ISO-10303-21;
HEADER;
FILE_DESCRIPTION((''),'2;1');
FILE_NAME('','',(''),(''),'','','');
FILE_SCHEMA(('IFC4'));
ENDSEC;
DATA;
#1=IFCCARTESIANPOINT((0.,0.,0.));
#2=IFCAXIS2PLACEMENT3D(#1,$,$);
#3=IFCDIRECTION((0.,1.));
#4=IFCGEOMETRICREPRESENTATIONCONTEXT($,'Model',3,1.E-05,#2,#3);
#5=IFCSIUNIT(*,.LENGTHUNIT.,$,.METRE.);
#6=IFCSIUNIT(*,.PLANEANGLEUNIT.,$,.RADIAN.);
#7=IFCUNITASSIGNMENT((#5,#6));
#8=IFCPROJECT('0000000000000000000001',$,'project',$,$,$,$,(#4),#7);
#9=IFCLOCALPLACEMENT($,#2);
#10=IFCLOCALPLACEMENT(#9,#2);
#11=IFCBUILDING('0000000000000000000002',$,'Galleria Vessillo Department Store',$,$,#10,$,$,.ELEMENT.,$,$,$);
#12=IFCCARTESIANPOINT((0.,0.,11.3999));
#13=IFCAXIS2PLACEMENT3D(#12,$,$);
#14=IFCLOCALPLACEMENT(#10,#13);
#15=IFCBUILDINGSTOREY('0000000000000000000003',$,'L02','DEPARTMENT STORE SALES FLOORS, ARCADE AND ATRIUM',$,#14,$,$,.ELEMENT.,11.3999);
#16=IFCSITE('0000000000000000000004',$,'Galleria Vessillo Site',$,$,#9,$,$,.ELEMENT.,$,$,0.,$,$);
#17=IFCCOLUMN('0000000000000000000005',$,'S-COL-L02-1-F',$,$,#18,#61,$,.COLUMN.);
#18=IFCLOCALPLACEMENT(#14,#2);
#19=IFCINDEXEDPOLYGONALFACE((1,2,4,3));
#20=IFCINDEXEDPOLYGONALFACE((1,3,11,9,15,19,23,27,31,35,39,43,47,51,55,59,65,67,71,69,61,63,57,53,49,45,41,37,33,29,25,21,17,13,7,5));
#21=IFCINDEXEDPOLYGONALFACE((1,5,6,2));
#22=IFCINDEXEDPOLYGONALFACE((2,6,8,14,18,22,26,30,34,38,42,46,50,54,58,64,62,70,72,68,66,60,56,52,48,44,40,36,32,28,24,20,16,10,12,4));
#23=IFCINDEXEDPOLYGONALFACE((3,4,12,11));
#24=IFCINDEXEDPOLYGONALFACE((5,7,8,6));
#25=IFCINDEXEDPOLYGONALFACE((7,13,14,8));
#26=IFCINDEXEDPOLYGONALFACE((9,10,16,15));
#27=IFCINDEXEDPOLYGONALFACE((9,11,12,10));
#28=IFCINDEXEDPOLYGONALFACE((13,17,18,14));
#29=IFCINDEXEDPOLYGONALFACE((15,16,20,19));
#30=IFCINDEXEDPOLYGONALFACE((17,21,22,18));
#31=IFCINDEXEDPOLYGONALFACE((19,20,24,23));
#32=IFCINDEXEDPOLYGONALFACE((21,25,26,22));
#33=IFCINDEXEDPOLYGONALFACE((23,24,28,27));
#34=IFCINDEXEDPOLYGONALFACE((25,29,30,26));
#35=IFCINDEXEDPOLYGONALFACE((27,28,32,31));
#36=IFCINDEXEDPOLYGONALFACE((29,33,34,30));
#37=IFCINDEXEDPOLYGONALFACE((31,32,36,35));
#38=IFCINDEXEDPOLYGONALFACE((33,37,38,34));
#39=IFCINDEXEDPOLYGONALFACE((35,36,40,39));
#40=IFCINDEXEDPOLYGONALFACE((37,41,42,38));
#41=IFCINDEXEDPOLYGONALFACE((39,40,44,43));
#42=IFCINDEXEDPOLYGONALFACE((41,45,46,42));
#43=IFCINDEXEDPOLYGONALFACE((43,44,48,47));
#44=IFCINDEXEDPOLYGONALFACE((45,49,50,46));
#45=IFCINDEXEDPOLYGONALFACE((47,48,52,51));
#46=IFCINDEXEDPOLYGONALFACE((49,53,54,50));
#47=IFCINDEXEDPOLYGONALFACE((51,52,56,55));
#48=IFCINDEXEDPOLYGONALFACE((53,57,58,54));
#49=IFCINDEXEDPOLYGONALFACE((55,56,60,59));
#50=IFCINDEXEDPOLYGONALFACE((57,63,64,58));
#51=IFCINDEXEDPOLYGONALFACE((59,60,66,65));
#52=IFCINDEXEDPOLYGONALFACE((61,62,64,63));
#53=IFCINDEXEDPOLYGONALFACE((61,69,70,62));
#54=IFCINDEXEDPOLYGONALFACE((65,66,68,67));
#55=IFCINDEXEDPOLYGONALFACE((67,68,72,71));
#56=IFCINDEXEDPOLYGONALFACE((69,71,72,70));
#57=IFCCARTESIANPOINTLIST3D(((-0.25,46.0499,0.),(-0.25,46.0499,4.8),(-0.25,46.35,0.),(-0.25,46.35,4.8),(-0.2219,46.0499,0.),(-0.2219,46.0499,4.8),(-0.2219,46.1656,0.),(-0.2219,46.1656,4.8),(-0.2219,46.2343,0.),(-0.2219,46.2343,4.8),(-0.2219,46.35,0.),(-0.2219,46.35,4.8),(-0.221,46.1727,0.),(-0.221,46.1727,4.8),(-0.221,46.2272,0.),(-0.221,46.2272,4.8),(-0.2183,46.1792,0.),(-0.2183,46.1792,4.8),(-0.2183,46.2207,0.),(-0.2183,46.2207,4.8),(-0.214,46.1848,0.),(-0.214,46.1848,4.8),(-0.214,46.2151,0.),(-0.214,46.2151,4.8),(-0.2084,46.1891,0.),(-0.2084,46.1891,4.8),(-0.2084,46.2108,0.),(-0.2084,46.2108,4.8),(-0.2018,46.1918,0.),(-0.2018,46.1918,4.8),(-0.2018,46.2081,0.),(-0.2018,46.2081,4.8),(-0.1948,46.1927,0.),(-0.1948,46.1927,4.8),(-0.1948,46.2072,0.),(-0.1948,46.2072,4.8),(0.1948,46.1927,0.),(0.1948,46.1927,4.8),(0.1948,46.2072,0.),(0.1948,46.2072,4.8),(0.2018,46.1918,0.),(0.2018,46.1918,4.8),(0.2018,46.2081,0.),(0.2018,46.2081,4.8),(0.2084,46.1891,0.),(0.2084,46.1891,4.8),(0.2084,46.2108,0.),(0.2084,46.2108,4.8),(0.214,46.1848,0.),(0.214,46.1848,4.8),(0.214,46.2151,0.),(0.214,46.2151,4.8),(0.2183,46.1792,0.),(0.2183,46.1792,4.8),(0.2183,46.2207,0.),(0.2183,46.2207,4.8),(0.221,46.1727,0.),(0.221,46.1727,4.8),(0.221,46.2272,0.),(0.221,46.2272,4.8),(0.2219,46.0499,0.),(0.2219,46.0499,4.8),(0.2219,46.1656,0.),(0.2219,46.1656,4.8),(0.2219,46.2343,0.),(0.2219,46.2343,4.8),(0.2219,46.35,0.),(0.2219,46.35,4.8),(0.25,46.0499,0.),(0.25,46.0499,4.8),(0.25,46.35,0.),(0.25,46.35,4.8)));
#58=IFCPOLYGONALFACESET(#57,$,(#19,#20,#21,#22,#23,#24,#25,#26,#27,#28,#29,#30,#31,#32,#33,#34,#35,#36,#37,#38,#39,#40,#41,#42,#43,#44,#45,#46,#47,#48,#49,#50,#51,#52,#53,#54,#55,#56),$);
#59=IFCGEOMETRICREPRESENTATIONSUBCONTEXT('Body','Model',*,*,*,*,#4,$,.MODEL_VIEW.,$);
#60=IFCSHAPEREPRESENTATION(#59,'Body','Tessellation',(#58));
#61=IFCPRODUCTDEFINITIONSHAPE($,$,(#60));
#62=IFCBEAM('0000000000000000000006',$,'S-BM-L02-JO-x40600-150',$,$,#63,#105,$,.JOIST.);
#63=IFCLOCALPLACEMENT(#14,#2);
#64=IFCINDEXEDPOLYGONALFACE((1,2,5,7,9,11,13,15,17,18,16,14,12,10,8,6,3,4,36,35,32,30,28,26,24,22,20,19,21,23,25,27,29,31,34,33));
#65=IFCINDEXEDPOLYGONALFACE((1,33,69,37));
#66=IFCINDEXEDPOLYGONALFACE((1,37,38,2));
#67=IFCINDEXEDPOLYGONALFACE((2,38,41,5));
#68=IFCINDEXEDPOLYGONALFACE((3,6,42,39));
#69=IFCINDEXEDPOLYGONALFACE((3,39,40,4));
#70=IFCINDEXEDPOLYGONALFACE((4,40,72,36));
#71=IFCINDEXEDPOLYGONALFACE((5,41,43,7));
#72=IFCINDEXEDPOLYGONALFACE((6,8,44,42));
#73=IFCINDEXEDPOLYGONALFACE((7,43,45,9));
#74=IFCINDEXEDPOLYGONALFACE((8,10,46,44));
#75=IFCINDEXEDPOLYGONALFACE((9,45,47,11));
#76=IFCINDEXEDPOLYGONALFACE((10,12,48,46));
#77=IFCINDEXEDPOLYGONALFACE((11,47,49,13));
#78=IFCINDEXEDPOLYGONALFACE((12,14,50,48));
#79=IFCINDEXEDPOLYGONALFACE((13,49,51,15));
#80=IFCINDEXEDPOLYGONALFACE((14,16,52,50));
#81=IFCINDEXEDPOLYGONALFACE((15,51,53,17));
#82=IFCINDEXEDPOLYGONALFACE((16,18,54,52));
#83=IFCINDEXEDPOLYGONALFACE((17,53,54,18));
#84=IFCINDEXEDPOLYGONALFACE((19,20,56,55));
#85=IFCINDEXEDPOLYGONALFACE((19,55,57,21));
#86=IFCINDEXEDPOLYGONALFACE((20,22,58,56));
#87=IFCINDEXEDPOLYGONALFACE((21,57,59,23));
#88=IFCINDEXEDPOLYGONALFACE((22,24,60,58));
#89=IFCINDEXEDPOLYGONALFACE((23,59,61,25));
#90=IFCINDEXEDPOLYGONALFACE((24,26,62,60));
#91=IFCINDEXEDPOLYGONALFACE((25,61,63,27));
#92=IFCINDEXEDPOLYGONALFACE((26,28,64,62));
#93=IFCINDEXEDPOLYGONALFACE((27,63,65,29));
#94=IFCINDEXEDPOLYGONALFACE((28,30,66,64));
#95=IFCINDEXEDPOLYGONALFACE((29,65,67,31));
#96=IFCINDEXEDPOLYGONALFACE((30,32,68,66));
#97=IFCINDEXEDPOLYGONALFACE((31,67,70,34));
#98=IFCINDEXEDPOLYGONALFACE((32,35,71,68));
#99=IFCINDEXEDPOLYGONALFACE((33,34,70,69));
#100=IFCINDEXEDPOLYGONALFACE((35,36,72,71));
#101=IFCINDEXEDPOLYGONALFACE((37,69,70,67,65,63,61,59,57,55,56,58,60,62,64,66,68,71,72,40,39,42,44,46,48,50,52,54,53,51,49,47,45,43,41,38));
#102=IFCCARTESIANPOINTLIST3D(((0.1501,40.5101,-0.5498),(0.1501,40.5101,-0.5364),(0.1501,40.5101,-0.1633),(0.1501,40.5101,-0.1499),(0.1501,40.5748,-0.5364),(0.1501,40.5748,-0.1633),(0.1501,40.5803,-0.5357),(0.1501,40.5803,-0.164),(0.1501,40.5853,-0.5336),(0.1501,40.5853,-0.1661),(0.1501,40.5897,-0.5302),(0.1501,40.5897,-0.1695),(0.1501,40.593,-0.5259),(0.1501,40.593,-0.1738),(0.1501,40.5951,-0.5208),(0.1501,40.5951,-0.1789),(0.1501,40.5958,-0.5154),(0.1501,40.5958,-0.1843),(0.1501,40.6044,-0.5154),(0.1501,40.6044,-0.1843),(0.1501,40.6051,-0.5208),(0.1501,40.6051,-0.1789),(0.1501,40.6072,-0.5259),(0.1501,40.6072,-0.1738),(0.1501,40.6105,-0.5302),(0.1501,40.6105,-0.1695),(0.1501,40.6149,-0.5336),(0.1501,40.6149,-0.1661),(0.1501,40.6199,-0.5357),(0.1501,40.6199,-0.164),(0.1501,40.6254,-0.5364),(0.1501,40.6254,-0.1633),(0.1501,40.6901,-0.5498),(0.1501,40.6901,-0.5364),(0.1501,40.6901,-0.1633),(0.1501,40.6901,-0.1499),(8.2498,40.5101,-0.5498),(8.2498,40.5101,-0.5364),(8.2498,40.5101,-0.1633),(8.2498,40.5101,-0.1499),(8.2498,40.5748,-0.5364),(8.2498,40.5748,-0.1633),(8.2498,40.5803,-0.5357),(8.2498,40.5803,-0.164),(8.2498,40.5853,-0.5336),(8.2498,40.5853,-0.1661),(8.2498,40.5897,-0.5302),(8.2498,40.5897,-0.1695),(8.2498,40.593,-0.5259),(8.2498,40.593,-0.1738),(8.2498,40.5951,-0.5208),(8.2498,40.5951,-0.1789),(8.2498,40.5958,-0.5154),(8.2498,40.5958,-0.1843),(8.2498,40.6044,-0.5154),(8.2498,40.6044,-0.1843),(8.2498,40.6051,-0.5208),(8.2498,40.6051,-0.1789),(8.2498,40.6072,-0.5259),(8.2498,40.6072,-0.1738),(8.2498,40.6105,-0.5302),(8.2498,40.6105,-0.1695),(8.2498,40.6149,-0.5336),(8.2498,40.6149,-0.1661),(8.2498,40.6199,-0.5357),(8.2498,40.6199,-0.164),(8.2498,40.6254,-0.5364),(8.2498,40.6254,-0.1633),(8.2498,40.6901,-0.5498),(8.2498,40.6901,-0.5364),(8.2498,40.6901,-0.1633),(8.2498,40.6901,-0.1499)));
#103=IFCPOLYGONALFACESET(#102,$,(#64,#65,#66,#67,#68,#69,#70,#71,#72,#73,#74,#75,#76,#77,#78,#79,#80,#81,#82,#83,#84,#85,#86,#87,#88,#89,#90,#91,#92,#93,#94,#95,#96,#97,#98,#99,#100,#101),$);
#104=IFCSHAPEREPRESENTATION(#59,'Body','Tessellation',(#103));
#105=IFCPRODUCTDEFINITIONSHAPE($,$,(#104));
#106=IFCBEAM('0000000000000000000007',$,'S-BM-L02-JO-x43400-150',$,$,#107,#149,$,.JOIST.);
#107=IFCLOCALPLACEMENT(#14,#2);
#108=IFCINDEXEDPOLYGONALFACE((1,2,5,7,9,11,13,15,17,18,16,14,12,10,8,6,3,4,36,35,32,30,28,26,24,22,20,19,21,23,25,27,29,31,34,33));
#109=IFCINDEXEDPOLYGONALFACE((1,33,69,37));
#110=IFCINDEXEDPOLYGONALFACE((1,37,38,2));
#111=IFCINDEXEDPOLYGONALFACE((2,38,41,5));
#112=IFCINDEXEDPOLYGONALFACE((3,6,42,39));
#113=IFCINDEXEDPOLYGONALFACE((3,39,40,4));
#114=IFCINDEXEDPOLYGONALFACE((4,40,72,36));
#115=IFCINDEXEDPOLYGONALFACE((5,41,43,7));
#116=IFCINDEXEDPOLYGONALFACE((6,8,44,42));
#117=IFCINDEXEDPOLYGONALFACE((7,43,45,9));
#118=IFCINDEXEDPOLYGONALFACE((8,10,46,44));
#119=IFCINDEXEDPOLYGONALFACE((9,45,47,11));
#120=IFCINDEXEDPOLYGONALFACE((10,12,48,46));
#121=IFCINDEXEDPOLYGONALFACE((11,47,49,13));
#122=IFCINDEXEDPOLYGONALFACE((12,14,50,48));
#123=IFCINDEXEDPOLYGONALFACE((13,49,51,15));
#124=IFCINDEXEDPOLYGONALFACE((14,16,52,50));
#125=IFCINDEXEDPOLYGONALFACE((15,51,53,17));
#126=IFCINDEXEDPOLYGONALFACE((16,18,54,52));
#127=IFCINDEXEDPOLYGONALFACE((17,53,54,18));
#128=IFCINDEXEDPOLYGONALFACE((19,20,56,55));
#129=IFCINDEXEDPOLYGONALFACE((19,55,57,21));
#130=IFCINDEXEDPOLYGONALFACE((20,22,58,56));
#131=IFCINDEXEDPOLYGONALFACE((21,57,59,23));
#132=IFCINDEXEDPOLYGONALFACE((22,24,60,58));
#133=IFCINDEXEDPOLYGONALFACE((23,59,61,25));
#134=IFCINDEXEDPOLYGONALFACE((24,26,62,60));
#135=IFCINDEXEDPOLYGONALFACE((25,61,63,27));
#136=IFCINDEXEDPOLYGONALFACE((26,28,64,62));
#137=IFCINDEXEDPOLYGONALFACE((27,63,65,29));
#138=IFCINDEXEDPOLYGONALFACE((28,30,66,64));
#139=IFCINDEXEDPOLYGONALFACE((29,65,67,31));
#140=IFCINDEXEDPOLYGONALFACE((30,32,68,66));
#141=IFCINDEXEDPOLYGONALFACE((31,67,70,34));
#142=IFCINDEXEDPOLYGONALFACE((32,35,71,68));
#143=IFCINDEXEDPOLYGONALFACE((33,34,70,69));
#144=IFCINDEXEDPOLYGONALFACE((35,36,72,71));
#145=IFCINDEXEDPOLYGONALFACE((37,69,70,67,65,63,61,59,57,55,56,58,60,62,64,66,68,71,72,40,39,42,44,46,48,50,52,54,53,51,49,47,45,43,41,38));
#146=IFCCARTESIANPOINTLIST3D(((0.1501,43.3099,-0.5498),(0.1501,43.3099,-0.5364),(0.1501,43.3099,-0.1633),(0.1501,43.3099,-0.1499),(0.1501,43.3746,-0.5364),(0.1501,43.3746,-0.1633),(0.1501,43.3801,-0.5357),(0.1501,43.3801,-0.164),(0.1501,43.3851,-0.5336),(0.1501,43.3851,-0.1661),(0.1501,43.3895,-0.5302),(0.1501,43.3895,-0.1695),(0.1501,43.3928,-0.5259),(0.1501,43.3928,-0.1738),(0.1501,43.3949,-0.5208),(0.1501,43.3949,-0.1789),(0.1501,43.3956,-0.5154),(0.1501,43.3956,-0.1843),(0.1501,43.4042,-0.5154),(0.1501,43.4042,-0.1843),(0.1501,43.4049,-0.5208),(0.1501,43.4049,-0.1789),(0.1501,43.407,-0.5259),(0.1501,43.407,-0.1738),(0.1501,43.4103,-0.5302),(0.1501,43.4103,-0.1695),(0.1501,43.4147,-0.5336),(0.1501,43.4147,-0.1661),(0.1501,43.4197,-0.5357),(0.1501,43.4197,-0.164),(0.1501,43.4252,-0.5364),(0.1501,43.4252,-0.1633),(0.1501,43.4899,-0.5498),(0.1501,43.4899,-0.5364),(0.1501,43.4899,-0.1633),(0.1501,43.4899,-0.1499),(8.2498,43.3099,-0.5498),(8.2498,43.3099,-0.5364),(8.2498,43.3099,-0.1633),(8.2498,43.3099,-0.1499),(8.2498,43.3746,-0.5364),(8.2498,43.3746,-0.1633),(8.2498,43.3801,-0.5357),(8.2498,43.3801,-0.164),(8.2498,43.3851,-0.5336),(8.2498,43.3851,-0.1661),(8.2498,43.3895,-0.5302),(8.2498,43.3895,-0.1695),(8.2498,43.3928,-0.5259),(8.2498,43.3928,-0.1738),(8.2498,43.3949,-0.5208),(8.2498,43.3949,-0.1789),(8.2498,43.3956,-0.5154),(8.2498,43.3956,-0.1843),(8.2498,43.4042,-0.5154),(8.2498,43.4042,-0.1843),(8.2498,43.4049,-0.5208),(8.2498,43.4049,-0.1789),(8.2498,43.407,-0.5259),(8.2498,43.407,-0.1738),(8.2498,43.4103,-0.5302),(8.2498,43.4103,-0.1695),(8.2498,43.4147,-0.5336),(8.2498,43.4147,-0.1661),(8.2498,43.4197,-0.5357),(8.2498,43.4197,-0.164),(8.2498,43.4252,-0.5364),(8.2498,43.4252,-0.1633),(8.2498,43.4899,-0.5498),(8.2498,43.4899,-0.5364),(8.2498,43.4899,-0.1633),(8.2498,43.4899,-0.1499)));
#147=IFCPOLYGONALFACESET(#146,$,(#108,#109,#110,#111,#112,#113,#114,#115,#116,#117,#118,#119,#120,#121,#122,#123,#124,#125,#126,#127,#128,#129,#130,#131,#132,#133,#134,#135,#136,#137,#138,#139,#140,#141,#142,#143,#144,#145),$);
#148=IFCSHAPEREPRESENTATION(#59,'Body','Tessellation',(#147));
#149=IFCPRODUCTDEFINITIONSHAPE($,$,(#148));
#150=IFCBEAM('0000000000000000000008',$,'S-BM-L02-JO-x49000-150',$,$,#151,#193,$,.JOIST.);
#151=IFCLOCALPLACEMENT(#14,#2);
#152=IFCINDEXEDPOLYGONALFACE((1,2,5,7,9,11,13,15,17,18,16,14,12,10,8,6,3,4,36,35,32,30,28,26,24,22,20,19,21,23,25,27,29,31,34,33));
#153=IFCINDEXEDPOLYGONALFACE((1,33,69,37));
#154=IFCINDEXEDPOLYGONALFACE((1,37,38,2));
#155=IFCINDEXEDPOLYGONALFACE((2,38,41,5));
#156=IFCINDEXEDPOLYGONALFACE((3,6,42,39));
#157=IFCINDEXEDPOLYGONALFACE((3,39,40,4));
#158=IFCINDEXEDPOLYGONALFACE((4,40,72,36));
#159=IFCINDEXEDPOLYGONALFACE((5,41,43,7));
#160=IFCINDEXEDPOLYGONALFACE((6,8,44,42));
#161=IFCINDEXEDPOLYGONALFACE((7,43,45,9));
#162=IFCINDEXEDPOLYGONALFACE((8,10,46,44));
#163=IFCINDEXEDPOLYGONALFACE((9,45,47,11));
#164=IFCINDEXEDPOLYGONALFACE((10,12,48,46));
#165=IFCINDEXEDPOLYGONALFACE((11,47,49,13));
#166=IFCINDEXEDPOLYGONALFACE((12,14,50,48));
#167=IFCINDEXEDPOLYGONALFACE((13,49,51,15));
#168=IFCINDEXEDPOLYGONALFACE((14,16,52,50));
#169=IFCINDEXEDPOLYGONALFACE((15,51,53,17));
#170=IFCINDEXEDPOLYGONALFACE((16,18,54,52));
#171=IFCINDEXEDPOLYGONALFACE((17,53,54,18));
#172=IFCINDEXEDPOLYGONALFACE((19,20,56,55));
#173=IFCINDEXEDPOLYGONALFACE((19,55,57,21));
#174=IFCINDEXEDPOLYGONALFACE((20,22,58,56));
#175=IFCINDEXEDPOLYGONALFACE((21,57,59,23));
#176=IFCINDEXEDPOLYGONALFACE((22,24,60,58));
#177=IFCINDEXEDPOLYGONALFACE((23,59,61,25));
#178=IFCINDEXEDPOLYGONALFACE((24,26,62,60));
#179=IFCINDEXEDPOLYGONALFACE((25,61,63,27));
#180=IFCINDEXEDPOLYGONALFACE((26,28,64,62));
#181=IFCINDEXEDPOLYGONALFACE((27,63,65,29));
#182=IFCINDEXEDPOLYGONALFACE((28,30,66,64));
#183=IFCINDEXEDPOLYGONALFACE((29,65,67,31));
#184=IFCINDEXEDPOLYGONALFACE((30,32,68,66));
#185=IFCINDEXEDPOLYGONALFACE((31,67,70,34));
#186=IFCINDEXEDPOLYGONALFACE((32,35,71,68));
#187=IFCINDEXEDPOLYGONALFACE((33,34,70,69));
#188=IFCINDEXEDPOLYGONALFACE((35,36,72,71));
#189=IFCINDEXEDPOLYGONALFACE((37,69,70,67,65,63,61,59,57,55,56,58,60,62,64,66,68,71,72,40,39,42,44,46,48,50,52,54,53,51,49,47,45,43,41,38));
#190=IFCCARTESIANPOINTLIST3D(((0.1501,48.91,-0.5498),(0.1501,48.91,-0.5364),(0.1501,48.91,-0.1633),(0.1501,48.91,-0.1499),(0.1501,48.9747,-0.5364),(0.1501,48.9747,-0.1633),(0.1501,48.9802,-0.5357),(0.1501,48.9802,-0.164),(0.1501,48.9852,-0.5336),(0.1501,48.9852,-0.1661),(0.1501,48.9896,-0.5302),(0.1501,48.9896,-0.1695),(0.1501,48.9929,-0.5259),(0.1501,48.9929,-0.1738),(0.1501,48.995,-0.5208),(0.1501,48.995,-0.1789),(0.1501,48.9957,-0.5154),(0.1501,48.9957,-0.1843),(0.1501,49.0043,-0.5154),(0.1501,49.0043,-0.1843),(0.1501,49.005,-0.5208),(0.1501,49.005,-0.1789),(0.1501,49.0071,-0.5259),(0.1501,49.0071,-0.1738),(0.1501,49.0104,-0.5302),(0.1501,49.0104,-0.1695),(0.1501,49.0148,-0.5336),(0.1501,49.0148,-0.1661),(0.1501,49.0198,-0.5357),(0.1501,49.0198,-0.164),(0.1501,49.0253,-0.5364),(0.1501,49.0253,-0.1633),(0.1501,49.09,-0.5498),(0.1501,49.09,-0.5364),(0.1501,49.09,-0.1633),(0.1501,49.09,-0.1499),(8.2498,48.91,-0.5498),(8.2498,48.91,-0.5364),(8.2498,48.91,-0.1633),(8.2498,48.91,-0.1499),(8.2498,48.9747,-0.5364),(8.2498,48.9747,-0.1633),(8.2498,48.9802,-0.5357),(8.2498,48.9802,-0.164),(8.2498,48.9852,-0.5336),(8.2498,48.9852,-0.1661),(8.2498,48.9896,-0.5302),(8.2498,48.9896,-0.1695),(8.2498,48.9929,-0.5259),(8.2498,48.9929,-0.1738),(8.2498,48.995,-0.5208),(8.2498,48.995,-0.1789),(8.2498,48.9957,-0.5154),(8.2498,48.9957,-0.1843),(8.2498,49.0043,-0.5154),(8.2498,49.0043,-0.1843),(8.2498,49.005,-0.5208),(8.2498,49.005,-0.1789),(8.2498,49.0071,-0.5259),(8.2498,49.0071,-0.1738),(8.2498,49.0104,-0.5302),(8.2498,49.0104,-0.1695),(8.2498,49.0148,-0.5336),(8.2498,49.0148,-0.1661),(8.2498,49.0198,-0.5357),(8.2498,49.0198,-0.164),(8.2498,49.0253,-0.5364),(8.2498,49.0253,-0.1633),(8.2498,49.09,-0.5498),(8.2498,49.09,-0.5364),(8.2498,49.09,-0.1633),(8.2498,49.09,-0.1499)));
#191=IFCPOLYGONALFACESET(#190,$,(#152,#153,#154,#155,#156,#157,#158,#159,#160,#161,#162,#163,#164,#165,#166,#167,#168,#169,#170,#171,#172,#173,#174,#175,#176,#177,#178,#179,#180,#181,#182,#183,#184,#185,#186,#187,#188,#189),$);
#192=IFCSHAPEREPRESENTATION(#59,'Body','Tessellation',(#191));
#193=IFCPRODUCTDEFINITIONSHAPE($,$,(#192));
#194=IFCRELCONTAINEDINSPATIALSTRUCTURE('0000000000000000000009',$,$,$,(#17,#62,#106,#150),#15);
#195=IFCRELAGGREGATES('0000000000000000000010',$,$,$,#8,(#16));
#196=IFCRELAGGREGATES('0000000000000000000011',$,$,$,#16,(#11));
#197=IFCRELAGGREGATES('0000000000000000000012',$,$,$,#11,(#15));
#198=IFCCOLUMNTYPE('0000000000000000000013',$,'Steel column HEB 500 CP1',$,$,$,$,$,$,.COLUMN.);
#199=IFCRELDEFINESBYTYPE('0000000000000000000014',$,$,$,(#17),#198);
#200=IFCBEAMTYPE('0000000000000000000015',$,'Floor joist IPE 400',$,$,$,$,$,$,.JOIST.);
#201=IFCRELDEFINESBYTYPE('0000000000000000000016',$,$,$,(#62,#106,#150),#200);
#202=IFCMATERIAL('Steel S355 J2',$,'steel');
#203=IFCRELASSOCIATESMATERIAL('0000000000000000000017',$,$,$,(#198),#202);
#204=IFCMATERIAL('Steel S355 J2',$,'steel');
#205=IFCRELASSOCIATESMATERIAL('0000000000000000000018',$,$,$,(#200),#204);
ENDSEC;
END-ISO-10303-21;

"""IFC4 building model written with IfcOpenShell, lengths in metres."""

from ifc_helpers import new_model, si_unit, direction, frame, origin, origin_2d, place, context, subcontext, project, spatial, i_section, extrude, material, material_profile, profile_set, type_object, element, save


model = new_model("IFC4")

# Units and contexts
model_context = context("Model", 3, precision=1e-05, world=origin(), true_north=direction((0.0, 1.0)))
body_context = subcontext(model_context, "Body", "Model", "MODEL_VIEW")
ifc_project = project(units=[si_unit("LENGTHUNIT", "METRE"), si_unit("PLANEANGLEUNIT", "RADIAN")], contexts=[model_context])

# Site, building, storey
site_placement = place(None, origin())
site = spatial("IfcSite", under=ifc_project, at=site_placement, Name="Galleria Vessillo Site", CompositionType="ELEMENT", RefElevation=0.0)
building_placement = place(site_placement, origin())
building = spatial("IfcBuilding", under=site, at=building_placement, Name="Galleria Vessillo Department Store", CompositionType="ELEMENT")
storey_placement = place(building_placement, frame((0.0, 0.0, 11.3999)))
storey = spatial("IfcBuildingStorey", under=building, at=storey_placement, Name="L02", Description="DEPARTMENT STORE SALES FLOORS, ARCADE AND ATRIUM", CompositionType="ELEMENT", Elevation=11.3999)

# Column
ifc_material_1 = material(Name="Steel S355 J2", Category="steel")
ifc_material_profile_1 = material_profile(ifc_material_1, i_section(OverallWidth=0.3, OverallDepth=0.5, WebThickness=0.0144, FlangeThickness=0.0281, FilletRadius=0.0271, at=origin_2d()), Name="HEB 500")
ifc_profile_set_1 = profile_set([ifc_material_profile_1], Name="Steel S355 J2")
column_type = type_object("IfcColumnType", Name="Steel column HEB 500 CP1", PredefinedType="COLUMN", material=ifc_profile_set_1)
column_placement = place(storey_placement, frame((0.0, 46.2, 0.0), z_axis=(0.0, 0.0, 1.0), x_axis=(0.0, 1.0, 0.0)))
element("IfcColumn", 1, at=column_placement, inside=storey, type_object=column_type, Name="S-COL-L02-1-F", PredefinedType="COLUMN", context=body_context, shape_type="SweptSolid", body=[
    extrude(i_section(OverallWidth=0.3, OverallDepth=0.5, WebThickness=0.0144, FlangeThickness=0.0281, FilletRadius=0.0271, at=origin_2d()), origin(), (0.0, 0.0, 1.0), 4.8),
])

# Beams
ifc_material_2 = material(Name="Steel S355 J2", Category="steel")
ifc_material_profile_2 = material_profile(ifc_material_2, i_section(OverallWidth=0.1799, OverallDepth=0.3999, WebThickness=0.0085, FlangeThickness=0.0134, FilletRadius=0.021, at=origin_2d()), Name="IPE 400")
ifc_profile_set_2 = profile_set([ifc_material_profile_2], Name="Steel S355 J2")
beam_type_1 = type_object("IfcBeamType", Name="Floor joist IPE 400", PredefinedType="JOIST", material=ifc_profile_set_2)
for number, where, z_axis, x_axis, name in (
    (2, (0.1501, 40.6001, -0.3499), (1.0, 0.0, 0.0), (0.0, 1.0, 0.0), "S-BM-L02-JO-x40600-150"),
    (3, (0.1501, 43.3999, -0.3499), (1.0, 0.0, 0.0), (0.0, 1.0, 0.0), "S-BM-L02-JO-x43400-150"),
    (4, (0.1501, 49.0, -0.3499), (1.0, 0.0, 0.0), (0.0, 1.0, 0.0), "S-BM-L02-JO-x49000-150"),
):
    element("IfcBeam", number, at=place(storey_placement, frame(where, z_axis=z_axis, x_axis=x_axis)), inside=storey, type_object=beam_type_1, Name=name, PredefinedType="JOIST", context=body_context, shape_type="SweptSolid", body=[
        extrude(i_section(OverallWidth=0.1799, OverallDepth=0.3999, WebThickness=0.0085, FlangeThickness=0.0134, FilletRadius=0.021, at=origin_2d()), origin(), (0.0, 0.0, 1.0), 8.0996),
    ])

save(model, "model.ifc")
